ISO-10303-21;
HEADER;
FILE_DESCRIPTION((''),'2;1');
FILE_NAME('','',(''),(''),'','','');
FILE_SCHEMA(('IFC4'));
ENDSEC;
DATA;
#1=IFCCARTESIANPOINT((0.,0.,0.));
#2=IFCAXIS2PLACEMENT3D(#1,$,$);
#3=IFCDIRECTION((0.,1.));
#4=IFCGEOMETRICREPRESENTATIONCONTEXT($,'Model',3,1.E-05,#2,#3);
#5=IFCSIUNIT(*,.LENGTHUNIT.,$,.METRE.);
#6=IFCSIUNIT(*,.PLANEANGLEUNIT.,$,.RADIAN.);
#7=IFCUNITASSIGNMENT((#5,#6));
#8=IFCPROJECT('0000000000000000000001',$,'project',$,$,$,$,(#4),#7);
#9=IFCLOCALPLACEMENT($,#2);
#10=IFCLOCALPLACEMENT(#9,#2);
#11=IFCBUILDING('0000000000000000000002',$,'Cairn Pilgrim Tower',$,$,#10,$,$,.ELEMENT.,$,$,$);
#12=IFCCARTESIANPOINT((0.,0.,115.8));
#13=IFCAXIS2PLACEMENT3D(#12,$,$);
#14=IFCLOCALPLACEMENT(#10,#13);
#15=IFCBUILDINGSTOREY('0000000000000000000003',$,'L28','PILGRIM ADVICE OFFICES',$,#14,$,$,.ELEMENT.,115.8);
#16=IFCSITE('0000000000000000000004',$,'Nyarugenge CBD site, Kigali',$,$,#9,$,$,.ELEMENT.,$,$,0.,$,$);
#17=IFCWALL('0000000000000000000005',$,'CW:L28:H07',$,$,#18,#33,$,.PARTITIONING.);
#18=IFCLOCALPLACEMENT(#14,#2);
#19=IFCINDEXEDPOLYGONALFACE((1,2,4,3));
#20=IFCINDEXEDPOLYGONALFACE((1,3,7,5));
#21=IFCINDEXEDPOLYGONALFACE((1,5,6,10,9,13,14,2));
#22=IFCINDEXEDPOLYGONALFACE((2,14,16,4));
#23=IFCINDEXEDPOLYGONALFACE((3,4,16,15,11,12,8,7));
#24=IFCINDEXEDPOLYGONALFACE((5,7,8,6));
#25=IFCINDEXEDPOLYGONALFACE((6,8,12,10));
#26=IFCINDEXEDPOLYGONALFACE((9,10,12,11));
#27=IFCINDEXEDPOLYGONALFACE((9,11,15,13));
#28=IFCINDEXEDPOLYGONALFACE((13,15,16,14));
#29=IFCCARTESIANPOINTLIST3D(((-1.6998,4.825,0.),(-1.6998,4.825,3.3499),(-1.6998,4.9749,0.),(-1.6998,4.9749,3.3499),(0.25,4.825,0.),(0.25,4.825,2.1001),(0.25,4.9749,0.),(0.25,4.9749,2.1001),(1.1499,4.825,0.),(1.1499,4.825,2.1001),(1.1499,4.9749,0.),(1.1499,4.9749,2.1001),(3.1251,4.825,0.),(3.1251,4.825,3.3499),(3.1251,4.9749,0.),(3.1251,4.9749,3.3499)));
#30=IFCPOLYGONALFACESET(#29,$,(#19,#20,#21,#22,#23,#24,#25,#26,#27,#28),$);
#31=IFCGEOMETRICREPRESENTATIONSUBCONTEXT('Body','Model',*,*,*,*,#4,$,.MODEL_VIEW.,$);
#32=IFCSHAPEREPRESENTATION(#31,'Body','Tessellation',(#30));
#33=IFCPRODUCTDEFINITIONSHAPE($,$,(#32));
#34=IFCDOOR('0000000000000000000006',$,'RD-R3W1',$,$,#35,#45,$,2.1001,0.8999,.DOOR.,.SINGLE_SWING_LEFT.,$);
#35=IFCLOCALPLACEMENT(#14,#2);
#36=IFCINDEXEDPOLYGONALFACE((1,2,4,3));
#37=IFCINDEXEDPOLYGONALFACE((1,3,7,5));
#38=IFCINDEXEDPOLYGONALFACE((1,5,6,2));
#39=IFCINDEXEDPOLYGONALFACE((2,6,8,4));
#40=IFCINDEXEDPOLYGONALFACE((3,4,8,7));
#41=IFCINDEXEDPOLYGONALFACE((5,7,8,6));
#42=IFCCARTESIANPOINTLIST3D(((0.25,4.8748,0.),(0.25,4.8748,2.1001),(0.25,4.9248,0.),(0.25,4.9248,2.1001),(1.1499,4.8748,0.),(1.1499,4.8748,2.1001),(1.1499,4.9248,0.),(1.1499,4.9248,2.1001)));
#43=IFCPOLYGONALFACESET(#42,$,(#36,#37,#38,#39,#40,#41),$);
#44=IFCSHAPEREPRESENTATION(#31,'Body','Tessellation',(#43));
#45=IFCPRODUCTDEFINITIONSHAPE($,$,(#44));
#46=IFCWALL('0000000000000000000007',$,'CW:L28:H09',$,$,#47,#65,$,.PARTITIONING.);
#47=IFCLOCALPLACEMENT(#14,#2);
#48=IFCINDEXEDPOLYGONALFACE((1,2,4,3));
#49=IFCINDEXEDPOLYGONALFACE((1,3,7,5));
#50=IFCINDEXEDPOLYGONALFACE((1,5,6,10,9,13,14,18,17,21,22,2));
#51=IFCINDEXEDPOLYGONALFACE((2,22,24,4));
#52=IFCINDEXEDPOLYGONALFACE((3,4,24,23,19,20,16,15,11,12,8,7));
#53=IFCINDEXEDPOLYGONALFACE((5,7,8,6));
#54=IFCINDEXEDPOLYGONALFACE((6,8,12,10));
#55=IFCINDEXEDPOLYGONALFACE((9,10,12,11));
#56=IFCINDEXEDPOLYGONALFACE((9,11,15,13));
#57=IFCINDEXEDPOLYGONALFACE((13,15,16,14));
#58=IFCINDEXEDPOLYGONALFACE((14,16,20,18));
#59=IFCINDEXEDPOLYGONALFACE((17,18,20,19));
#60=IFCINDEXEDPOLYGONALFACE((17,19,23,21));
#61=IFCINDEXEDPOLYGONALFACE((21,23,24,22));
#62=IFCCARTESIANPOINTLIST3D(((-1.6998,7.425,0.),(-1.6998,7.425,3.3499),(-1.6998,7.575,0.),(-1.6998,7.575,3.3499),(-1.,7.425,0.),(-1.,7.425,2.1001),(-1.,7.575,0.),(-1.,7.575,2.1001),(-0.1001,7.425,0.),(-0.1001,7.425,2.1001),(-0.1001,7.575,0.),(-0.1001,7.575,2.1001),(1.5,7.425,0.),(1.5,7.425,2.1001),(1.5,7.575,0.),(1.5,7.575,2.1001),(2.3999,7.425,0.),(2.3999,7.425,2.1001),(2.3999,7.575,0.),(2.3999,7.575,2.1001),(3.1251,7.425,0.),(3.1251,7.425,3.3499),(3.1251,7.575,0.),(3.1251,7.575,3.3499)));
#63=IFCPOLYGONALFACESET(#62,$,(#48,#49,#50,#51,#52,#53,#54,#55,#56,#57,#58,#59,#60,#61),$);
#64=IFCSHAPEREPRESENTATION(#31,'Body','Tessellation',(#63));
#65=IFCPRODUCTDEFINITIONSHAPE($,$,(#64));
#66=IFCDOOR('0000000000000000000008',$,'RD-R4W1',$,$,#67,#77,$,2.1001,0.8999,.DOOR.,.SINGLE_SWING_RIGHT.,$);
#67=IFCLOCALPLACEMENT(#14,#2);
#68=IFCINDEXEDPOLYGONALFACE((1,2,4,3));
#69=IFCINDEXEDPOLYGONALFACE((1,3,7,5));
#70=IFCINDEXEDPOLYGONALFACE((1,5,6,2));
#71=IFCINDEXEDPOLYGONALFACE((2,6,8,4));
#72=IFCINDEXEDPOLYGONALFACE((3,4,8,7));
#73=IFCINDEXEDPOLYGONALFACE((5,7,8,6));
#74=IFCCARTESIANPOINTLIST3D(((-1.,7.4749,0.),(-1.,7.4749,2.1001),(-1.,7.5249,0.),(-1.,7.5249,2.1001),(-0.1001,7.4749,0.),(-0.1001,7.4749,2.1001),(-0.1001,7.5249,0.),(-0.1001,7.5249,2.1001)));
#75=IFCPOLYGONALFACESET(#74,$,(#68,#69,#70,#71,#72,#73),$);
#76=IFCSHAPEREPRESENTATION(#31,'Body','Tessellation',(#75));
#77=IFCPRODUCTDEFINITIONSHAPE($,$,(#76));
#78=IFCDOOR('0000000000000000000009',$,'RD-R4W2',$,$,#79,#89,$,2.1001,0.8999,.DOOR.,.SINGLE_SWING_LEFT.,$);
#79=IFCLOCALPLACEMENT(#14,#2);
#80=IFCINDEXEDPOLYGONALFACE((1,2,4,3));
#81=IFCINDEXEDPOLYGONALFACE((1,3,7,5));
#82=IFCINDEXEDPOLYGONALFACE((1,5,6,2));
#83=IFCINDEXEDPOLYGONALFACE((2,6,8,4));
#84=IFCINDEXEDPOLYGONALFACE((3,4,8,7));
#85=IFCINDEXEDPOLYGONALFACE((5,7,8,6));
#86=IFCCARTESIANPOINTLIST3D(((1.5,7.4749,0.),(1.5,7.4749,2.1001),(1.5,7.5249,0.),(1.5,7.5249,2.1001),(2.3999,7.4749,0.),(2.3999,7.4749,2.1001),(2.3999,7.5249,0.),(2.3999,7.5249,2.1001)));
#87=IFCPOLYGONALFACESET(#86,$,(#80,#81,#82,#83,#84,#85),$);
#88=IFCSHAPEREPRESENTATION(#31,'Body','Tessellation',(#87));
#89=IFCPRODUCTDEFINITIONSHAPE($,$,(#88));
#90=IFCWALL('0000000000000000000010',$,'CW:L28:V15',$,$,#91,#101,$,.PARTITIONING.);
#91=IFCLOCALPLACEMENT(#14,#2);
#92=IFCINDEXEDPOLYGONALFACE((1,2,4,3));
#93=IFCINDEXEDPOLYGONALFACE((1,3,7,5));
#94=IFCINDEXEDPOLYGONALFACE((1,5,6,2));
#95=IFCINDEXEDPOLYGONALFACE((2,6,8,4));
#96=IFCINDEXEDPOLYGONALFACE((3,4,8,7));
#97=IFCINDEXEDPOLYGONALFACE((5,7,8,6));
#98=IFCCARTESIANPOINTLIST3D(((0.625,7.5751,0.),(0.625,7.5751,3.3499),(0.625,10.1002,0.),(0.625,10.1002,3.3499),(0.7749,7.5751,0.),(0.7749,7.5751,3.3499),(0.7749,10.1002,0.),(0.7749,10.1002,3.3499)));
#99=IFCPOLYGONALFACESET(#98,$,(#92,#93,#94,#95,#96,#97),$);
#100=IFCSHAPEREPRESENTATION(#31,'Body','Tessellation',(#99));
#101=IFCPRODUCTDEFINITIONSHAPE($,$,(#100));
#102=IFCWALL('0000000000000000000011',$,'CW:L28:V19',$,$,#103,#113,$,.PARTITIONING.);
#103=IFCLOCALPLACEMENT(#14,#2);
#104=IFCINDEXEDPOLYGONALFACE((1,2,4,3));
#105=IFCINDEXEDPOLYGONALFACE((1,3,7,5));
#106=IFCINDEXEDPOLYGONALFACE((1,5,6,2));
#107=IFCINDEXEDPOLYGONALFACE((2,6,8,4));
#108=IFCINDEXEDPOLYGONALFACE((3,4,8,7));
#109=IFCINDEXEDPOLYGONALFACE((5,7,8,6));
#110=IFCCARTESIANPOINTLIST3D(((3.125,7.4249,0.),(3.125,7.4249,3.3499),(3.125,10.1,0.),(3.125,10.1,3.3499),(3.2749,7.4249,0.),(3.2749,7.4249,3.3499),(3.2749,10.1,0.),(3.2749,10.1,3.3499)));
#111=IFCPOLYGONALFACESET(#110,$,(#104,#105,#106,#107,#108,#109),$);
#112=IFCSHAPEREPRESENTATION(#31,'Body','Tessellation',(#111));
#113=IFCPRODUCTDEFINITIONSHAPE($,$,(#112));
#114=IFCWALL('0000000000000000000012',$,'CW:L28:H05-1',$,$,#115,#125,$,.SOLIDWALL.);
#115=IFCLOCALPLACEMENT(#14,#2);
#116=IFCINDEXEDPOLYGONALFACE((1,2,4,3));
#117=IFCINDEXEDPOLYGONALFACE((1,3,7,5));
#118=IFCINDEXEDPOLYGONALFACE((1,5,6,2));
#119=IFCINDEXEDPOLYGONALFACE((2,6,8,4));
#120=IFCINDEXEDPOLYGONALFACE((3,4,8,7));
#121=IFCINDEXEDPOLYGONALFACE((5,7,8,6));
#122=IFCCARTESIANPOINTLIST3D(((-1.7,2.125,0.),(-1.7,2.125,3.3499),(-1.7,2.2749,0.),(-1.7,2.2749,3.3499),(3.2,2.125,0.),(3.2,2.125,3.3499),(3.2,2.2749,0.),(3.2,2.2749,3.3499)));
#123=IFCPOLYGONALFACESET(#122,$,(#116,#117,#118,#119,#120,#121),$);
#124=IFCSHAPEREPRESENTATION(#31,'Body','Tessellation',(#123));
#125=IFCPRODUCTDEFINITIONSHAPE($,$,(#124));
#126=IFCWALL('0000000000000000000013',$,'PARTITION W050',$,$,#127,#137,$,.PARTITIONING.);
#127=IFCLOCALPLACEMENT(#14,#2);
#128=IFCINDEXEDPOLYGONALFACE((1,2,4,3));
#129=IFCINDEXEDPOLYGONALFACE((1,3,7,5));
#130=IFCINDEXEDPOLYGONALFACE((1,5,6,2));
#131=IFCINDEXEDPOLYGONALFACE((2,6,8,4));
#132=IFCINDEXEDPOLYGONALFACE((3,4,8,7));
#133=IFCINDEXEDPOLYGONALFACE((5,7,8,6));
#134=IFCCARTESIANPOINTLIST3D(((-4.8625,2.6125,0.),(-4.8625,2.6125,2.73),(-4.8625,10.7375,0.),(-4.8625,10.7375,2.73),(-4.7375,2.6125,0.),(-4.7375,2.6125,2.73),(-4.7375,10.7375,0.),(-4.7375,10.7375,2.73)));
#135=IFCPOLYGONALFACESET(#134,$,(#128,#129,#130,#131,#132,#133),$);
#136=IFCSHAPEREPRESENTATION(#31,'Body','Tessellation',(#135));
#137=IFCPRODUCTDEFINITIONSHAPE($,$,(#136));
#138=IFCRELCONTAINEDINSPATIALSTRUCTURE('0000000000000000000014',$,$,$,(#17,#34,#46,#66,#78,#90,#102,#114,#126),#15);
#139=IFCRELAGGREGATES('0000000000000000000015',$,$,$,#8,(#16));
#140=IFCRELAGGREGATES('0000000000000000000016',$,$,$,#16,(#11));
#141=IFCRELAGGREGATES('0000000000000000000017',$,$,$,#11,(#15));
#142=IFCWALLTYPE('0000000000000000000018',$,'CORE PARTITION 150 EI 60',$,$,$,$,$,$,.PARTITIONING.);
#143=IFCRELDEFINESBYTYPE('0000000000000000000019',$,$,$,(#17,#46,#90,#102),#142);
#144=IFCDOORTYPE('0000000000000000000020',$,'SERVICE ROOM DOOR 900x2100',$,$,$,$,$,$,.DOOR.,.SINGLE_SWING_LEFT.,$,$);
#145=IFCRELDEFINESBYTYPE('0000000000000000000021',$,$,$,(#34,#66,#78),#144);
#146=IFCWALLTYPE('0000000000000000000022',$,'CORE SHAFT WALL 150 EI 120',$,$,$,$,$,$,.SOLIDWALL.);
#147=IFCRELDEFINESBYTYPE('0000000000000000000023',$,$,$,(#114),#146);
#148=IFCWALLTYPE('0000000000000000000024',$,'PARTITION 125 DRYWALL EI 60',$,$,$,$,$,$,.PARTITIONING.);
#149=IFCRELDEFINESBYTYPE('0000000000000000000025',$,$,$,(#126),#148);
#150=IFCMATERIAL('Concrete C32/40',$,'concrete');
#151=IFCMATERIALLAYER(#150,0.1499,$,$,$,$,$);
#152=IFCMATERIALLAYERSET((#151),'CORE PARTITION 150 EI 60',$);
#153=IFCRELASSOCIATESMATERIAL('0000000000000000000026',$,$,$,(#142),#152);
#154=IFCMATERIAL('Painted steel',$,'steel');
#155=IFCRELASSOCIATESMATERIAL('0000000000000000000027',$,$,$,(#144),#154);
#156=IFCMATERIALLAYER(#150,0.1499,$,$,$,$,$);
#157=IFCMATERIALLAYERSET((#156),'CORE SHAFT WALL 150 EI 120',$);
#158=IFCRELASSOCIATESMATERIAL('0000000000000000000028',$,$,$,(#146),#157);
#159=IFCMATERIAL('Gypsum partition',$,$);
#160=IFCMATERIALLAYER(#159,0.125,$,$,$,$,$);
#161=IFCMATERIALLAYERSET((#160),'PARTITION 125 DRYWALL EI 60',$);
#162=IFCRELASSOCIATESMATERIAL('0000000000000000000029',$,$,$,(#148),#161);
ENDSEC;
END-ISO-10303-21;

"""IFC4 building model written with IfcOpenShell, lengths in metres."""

from ifc_helpers import new_model, si_unit, direction, frame, frame_2d, origin, place, context, subcontext, project, spatial, rectangle, extrude, material, layer, layer_set, type_object, element, fill, save


model = new_model("IFC4")

# Units and contexts
model_context = context("Model", 3, precision=1e-05, world=origin(), true_north=direction((0.0, 1.0)))
body_context = subcontext(model_context, "Body", "Model", "MODEL_VIEW")
ifc_project = project(units=[si_unit("LENGTHUNIT", "METRE"), si_unit("PLANEANGLEUNIT", "RADIAN")], contexts=[model_context])

# Site, building, storey
site_placement = place(None, origin())
site = spatial("IfcSite", under=ifc_project, at=site_placement, Name="Nyarugenge CBD site, Kigali", CompositionType="ELEMENT", RefElevation=0.0)
building_placement = place(site_placement, origin())
building = spatial("IfcBuilding", under=site, at=building_placement, Name="Cairn Pilgrim Tower", CompositionType="ELEMENT")
storey_placement = place(building_placement, frame((0.0, 0.0, 115.8)))
storey = spatial("IfcBuildingStorey", under=building, at=storey_placement, Name="L28", Description="PILGRIM ADVICE OFFICES", CompositionType="ELEMENT", Elevation=115.8)

# Shared definitions
ifc_material_1 = material(Name="Concrete C32/40", Category="concrete")

# Wall, opening, door
ifc_layer_1 = layer(ifc_material_1, 0.1499)
ifc_layer_set_1 = layer_set([ifc_layer_1], Name="CORE PARTITION 150 EI 60")
wall_type_1 = type_object("IfcWallType", Name="CORE PARTITION 150 EI 60", PredefinedType="PARTITIONING", material=ifc_layer_set_1)
wall_1_placement = place(storey_placement, frame((-1.7, 4.8999, 0.0), z_axis=(0.0, 0.0, 1.0), x_axis=(1.0, 0.0, 0.0)))
wall_1 = element("IfcWall", 1, at=wall_1_placement, inside=storey, type_object=wall_type_1, Name="CW:L28:H07", PredefinedType="PARTITIONING", context=body_context, shape_type="SweptSolid", body=[
    extrude(rectangle(XDim=4.825, YDim=0.1499, at=frame_2d((2.4126, 0.0))), origin(), (0.0, 0.0, 1.0), 3.3499),
])
opening_1_placement = place(wall_1_placement, frame((1.95, 0.0, 0.0)))
opening_1 = element("IfcOpeningElement", 2, at=opening_1_placement, cuts=wall_1, PredefinedType="OPENING", context=body_context, shape_type="SweptSolid", body=[
    extrude(rectangle(XDim=0.8999, YDim=2.1001, at=frame_2d((0.45, 1.05))), frame((0.0, 0.085, 0.0), z_axis=(0.0, -1.0, 0.0), x_axis=(1.0, 0.0, 0.0)), (0.0, 0.0, 1.0), 0.1699),
])
ifc_material_2 = material(Name="Painted steel", Category="steel")
door_type_1 = type_object("IfcDoorType", Name="SERVICE ROOM DOOR 900x2100", OperationType="SINGLE_SWING_LEFT", PredefinedType="DOOR", material=ifc_material_2)
door_1_placement = place(opening_1_placement, origin())
door_1 = element("IfcDoor", 3, at=door_1_placement, inside=storey, type_object=door_type_1, Name="RD-R3W1", OperationType="SINGLE_SWING_LEFT", OverallHeight=2.1001, OverallWidth=0.8999, PredefinedType="DOOR", context=body_context, shape_type="SweptSolid", body=[
    extrude(rectangle(XDim=0.8999, YDim=2.1001, at=frame_2d((0.45, 1.05))), frame((0.0, 0.0249, 0.0), z_axis=(0.0, -1.0, 0.0), x_axis=(1.0, 0.0, 0.0)), (0.0, 0.0, 1.0), 0.05),
])
fill(opening_1, door_1)

# Wall, openings, doors
wall_2_placement = place(storey_placement, frame((-1.7, 7.5, 0.0), z_axis=(0.0, 0.0, 1.0), x_axis=(1.0, 0.0, 0.0)))
wall_2 = element("IfcWall", 4, at=wall_2_placement, inside=storey, type_object=wall_type_1, Name="CW:L28:H09", PredefinedType="PARTITIONING", context=body_context, shape_type="SweptSolid", body=[
    extrude(rectangle(XDim=4.825, YDim=0.1499, at=frame_2d((2.4126, 0.0))), origin(), (0.0, 0.0, 1.0), 3.3499),
])
opening_2_placement = place(wall_2_placement, frame((0.7, 0.0, 0.0)))
opening_2 = element("IfcOpeningElement", 5, at=opening_2_placement, cuts=wall_2, PredefinedType="OPENING", context=body_context, shape_type="SweptSolid", body=[
    extrude(rectangle(XDim=0.8999, YDim=2.1001, at=frame_2d((0.45, 1.05))), frame((0.0, 0.085, 0.0), z_axis=(0.0, -1.0, 0.0), x_axis=(1.0, 0.0, 0.0)), (0.0, 0.0, 1.0), 0.1699),
])
opening_3_placement = place(wall_2_placement, frame((3.2, 0.0, 0.0)))
opening_3 = element("IfcOpeningElement", 6, at=opening_3_placement, cuts=wall_2, PredefinedType="OPENING", context=body_context, shape_type="SweptSolid", body=[
    extrude(rectangle(XDim=0.8999, YDim=2.1001, at=frame_2d((0.45, 1.05))), frame((0.0, 0.085, 0.0), z_axis=(0.0, -1.0, 0.0), x_axis=(1.0, 0.0, 0.0)), (0.0, 0.0, 1.0), 0.1699),
])
door_2_placement = place(opening_2_placement, origin())
door_2 = element("IfcDoor", 7, at=door_2_placement, inside=storey, type_object=door_type_1, Name="RD-R4W1", OperationType="SINGLE_SWING_RIGHT", OverallHeight=2.1001, OverallWidth=0.8999, PredefinedType="DOOR", context=body_context, shape_type="SweptSolid", body=[
    extrude(rectangle(XDim=0.8999, YDim=2.1001, at=frame_2d((0.45, 1.05))), frame((0.0, 0.0249, 0.0), z_axis=(0.0, -1.0, 0.0), x_axis=(1.0, 0.0, 0.0)), (0.0, 0.0, 1.0), 0.05),
])
fill(opening_2, door_2)
door_3_placement = place(opening_3_placement, origin())
door_3 = element("IfcDoor", 8, at=door_3_placement, inside=storey, type_object=door_type_1, Name="RD-R4W2", OperationType="SINGLE_SWING_LEFT", OverallHeight=2.1001, OverallWidth=0.8999, PredefinedType="DOOR", context=body_context, shape_type="SweptSolid", body=[
    extrude(rectangle(XDim=0.8999, YDim=2.1001, at=frame_2d((0.45, 1.05))), frame((0.0, 0.0249, 0.0), z_axis=(0.0, -1.0, 0.0), x_axis=(1.0, 0.0, 0.0)), (0.0, 0.0, 1.0), 0.05),
])
fill(opening_3, door_3)

# Walls
wall_3_placement = place(storey_placement, frame((0.7, 7.575, 0.0), z_axis=(0.0, 0.0, 1.0), x_axis=(0.0, 1.0, 0.0)))
element("IfcWall", 9, at=wall_3_placement, inside=storey, type_object=wall_type_1, Name="CW:L28:V15", PredefinedType="PARTITIONING", context=body_context, shape_type="SweptSolid", body=[
    extrude(rectangle(XDim=2.5251, YDim=0.1499, at=frame_2d((1.2627, 0.0))), origin(), (0.0, 0.0, 1.0), 3.3499),
])
wall_4_placement = place(storey_placement, frame((3.2, 7.425, 0.0), z_axis=(0.0, 0.0, 1.0), x_axis=(0.0, 1.0, 0.0)))
element("IfcWall", 10, at=wall_4_placement, inside=storey, type_object=wall_type_1, Name="CW:L28:V19", PredefinedType="PARTITIONING", context=body_context, shape_type="SweptSolid", body=[
    extrude(rectangle(XDim=2.675, YDim=0.1499, at=frame_2d((1.3374, 0.0))), origin(), (0.0, 0.0, 1.0), 3.3499),
])
ifc_layer_2 = layer(ifc_material_1, 0.1499)
ifc_layer_set_2 = layer_set([ifc_layer_2], Name="CORE SHAFT WALL 150 EI 120")
wall_type_2 = type_object("IfcWallType", Name="CORE SHAFT WALL 150 EI 120", PredefinedType="SOLIDWALL", material=ifc_layer_set_2)
wall_5_placement = place(storey_placement, frame((-1.7, 2.2, 0.0), z_axis=(0.0, 0.0, 1.0), x_axis=(1.0, 0.0, 0.0)))
element("IfcWall", 11, at=wall_5_placement, inside=storey, type_object=wall_type_2, Name="CW:L28:H05-1", PredefinedType="SOLIDWALL", context=body_context, shape_type="SweptSolid", body=[
    extrude(rectangle(XDim=4.8999, YDim=0.1499, at=frame_2d((2.45, 0.0))), origin(), (0.0, 0.0, 1.0), 3.3499),
])
ifc_material_3 = material(Name="Gypsum partition")
ifc_layer_3 = layer(ifc_material_3, 0.125)
ifc_layer_set_3 = layer_set([ifc_layer_3], Name="PARTITION 125 DRYWALL EI 60")
wall_type_3 = type_object("IfcWallType", Name="PARTITION 125 DRYWALL EI 60", PredefinedType="PARTITIONING", material=ifc_layer_set_3)
wall_6_placement = place(storey_placement, frame((-4.8, 2.6125, 0.0), z_axis=(0.0, 0.0, 1.0), x_axis=(0.0, 1.0, 0.0)))
element("IfcWall", 12, at=wall_6_placement, inside=storey, type_object=wall_type_3, Name="PARTITION W050", PredefinedType="PARTITIONING", context=body_context, shape_type="SweptSolid", body=[
    extrude(rectangle(XDim=8.125, YDim=0.125, at=frame_2d((4.0625, 0.0))), origin(), (0.0, 0.0, 1.0), 2.73),
])

save(model, "model.ifc")
